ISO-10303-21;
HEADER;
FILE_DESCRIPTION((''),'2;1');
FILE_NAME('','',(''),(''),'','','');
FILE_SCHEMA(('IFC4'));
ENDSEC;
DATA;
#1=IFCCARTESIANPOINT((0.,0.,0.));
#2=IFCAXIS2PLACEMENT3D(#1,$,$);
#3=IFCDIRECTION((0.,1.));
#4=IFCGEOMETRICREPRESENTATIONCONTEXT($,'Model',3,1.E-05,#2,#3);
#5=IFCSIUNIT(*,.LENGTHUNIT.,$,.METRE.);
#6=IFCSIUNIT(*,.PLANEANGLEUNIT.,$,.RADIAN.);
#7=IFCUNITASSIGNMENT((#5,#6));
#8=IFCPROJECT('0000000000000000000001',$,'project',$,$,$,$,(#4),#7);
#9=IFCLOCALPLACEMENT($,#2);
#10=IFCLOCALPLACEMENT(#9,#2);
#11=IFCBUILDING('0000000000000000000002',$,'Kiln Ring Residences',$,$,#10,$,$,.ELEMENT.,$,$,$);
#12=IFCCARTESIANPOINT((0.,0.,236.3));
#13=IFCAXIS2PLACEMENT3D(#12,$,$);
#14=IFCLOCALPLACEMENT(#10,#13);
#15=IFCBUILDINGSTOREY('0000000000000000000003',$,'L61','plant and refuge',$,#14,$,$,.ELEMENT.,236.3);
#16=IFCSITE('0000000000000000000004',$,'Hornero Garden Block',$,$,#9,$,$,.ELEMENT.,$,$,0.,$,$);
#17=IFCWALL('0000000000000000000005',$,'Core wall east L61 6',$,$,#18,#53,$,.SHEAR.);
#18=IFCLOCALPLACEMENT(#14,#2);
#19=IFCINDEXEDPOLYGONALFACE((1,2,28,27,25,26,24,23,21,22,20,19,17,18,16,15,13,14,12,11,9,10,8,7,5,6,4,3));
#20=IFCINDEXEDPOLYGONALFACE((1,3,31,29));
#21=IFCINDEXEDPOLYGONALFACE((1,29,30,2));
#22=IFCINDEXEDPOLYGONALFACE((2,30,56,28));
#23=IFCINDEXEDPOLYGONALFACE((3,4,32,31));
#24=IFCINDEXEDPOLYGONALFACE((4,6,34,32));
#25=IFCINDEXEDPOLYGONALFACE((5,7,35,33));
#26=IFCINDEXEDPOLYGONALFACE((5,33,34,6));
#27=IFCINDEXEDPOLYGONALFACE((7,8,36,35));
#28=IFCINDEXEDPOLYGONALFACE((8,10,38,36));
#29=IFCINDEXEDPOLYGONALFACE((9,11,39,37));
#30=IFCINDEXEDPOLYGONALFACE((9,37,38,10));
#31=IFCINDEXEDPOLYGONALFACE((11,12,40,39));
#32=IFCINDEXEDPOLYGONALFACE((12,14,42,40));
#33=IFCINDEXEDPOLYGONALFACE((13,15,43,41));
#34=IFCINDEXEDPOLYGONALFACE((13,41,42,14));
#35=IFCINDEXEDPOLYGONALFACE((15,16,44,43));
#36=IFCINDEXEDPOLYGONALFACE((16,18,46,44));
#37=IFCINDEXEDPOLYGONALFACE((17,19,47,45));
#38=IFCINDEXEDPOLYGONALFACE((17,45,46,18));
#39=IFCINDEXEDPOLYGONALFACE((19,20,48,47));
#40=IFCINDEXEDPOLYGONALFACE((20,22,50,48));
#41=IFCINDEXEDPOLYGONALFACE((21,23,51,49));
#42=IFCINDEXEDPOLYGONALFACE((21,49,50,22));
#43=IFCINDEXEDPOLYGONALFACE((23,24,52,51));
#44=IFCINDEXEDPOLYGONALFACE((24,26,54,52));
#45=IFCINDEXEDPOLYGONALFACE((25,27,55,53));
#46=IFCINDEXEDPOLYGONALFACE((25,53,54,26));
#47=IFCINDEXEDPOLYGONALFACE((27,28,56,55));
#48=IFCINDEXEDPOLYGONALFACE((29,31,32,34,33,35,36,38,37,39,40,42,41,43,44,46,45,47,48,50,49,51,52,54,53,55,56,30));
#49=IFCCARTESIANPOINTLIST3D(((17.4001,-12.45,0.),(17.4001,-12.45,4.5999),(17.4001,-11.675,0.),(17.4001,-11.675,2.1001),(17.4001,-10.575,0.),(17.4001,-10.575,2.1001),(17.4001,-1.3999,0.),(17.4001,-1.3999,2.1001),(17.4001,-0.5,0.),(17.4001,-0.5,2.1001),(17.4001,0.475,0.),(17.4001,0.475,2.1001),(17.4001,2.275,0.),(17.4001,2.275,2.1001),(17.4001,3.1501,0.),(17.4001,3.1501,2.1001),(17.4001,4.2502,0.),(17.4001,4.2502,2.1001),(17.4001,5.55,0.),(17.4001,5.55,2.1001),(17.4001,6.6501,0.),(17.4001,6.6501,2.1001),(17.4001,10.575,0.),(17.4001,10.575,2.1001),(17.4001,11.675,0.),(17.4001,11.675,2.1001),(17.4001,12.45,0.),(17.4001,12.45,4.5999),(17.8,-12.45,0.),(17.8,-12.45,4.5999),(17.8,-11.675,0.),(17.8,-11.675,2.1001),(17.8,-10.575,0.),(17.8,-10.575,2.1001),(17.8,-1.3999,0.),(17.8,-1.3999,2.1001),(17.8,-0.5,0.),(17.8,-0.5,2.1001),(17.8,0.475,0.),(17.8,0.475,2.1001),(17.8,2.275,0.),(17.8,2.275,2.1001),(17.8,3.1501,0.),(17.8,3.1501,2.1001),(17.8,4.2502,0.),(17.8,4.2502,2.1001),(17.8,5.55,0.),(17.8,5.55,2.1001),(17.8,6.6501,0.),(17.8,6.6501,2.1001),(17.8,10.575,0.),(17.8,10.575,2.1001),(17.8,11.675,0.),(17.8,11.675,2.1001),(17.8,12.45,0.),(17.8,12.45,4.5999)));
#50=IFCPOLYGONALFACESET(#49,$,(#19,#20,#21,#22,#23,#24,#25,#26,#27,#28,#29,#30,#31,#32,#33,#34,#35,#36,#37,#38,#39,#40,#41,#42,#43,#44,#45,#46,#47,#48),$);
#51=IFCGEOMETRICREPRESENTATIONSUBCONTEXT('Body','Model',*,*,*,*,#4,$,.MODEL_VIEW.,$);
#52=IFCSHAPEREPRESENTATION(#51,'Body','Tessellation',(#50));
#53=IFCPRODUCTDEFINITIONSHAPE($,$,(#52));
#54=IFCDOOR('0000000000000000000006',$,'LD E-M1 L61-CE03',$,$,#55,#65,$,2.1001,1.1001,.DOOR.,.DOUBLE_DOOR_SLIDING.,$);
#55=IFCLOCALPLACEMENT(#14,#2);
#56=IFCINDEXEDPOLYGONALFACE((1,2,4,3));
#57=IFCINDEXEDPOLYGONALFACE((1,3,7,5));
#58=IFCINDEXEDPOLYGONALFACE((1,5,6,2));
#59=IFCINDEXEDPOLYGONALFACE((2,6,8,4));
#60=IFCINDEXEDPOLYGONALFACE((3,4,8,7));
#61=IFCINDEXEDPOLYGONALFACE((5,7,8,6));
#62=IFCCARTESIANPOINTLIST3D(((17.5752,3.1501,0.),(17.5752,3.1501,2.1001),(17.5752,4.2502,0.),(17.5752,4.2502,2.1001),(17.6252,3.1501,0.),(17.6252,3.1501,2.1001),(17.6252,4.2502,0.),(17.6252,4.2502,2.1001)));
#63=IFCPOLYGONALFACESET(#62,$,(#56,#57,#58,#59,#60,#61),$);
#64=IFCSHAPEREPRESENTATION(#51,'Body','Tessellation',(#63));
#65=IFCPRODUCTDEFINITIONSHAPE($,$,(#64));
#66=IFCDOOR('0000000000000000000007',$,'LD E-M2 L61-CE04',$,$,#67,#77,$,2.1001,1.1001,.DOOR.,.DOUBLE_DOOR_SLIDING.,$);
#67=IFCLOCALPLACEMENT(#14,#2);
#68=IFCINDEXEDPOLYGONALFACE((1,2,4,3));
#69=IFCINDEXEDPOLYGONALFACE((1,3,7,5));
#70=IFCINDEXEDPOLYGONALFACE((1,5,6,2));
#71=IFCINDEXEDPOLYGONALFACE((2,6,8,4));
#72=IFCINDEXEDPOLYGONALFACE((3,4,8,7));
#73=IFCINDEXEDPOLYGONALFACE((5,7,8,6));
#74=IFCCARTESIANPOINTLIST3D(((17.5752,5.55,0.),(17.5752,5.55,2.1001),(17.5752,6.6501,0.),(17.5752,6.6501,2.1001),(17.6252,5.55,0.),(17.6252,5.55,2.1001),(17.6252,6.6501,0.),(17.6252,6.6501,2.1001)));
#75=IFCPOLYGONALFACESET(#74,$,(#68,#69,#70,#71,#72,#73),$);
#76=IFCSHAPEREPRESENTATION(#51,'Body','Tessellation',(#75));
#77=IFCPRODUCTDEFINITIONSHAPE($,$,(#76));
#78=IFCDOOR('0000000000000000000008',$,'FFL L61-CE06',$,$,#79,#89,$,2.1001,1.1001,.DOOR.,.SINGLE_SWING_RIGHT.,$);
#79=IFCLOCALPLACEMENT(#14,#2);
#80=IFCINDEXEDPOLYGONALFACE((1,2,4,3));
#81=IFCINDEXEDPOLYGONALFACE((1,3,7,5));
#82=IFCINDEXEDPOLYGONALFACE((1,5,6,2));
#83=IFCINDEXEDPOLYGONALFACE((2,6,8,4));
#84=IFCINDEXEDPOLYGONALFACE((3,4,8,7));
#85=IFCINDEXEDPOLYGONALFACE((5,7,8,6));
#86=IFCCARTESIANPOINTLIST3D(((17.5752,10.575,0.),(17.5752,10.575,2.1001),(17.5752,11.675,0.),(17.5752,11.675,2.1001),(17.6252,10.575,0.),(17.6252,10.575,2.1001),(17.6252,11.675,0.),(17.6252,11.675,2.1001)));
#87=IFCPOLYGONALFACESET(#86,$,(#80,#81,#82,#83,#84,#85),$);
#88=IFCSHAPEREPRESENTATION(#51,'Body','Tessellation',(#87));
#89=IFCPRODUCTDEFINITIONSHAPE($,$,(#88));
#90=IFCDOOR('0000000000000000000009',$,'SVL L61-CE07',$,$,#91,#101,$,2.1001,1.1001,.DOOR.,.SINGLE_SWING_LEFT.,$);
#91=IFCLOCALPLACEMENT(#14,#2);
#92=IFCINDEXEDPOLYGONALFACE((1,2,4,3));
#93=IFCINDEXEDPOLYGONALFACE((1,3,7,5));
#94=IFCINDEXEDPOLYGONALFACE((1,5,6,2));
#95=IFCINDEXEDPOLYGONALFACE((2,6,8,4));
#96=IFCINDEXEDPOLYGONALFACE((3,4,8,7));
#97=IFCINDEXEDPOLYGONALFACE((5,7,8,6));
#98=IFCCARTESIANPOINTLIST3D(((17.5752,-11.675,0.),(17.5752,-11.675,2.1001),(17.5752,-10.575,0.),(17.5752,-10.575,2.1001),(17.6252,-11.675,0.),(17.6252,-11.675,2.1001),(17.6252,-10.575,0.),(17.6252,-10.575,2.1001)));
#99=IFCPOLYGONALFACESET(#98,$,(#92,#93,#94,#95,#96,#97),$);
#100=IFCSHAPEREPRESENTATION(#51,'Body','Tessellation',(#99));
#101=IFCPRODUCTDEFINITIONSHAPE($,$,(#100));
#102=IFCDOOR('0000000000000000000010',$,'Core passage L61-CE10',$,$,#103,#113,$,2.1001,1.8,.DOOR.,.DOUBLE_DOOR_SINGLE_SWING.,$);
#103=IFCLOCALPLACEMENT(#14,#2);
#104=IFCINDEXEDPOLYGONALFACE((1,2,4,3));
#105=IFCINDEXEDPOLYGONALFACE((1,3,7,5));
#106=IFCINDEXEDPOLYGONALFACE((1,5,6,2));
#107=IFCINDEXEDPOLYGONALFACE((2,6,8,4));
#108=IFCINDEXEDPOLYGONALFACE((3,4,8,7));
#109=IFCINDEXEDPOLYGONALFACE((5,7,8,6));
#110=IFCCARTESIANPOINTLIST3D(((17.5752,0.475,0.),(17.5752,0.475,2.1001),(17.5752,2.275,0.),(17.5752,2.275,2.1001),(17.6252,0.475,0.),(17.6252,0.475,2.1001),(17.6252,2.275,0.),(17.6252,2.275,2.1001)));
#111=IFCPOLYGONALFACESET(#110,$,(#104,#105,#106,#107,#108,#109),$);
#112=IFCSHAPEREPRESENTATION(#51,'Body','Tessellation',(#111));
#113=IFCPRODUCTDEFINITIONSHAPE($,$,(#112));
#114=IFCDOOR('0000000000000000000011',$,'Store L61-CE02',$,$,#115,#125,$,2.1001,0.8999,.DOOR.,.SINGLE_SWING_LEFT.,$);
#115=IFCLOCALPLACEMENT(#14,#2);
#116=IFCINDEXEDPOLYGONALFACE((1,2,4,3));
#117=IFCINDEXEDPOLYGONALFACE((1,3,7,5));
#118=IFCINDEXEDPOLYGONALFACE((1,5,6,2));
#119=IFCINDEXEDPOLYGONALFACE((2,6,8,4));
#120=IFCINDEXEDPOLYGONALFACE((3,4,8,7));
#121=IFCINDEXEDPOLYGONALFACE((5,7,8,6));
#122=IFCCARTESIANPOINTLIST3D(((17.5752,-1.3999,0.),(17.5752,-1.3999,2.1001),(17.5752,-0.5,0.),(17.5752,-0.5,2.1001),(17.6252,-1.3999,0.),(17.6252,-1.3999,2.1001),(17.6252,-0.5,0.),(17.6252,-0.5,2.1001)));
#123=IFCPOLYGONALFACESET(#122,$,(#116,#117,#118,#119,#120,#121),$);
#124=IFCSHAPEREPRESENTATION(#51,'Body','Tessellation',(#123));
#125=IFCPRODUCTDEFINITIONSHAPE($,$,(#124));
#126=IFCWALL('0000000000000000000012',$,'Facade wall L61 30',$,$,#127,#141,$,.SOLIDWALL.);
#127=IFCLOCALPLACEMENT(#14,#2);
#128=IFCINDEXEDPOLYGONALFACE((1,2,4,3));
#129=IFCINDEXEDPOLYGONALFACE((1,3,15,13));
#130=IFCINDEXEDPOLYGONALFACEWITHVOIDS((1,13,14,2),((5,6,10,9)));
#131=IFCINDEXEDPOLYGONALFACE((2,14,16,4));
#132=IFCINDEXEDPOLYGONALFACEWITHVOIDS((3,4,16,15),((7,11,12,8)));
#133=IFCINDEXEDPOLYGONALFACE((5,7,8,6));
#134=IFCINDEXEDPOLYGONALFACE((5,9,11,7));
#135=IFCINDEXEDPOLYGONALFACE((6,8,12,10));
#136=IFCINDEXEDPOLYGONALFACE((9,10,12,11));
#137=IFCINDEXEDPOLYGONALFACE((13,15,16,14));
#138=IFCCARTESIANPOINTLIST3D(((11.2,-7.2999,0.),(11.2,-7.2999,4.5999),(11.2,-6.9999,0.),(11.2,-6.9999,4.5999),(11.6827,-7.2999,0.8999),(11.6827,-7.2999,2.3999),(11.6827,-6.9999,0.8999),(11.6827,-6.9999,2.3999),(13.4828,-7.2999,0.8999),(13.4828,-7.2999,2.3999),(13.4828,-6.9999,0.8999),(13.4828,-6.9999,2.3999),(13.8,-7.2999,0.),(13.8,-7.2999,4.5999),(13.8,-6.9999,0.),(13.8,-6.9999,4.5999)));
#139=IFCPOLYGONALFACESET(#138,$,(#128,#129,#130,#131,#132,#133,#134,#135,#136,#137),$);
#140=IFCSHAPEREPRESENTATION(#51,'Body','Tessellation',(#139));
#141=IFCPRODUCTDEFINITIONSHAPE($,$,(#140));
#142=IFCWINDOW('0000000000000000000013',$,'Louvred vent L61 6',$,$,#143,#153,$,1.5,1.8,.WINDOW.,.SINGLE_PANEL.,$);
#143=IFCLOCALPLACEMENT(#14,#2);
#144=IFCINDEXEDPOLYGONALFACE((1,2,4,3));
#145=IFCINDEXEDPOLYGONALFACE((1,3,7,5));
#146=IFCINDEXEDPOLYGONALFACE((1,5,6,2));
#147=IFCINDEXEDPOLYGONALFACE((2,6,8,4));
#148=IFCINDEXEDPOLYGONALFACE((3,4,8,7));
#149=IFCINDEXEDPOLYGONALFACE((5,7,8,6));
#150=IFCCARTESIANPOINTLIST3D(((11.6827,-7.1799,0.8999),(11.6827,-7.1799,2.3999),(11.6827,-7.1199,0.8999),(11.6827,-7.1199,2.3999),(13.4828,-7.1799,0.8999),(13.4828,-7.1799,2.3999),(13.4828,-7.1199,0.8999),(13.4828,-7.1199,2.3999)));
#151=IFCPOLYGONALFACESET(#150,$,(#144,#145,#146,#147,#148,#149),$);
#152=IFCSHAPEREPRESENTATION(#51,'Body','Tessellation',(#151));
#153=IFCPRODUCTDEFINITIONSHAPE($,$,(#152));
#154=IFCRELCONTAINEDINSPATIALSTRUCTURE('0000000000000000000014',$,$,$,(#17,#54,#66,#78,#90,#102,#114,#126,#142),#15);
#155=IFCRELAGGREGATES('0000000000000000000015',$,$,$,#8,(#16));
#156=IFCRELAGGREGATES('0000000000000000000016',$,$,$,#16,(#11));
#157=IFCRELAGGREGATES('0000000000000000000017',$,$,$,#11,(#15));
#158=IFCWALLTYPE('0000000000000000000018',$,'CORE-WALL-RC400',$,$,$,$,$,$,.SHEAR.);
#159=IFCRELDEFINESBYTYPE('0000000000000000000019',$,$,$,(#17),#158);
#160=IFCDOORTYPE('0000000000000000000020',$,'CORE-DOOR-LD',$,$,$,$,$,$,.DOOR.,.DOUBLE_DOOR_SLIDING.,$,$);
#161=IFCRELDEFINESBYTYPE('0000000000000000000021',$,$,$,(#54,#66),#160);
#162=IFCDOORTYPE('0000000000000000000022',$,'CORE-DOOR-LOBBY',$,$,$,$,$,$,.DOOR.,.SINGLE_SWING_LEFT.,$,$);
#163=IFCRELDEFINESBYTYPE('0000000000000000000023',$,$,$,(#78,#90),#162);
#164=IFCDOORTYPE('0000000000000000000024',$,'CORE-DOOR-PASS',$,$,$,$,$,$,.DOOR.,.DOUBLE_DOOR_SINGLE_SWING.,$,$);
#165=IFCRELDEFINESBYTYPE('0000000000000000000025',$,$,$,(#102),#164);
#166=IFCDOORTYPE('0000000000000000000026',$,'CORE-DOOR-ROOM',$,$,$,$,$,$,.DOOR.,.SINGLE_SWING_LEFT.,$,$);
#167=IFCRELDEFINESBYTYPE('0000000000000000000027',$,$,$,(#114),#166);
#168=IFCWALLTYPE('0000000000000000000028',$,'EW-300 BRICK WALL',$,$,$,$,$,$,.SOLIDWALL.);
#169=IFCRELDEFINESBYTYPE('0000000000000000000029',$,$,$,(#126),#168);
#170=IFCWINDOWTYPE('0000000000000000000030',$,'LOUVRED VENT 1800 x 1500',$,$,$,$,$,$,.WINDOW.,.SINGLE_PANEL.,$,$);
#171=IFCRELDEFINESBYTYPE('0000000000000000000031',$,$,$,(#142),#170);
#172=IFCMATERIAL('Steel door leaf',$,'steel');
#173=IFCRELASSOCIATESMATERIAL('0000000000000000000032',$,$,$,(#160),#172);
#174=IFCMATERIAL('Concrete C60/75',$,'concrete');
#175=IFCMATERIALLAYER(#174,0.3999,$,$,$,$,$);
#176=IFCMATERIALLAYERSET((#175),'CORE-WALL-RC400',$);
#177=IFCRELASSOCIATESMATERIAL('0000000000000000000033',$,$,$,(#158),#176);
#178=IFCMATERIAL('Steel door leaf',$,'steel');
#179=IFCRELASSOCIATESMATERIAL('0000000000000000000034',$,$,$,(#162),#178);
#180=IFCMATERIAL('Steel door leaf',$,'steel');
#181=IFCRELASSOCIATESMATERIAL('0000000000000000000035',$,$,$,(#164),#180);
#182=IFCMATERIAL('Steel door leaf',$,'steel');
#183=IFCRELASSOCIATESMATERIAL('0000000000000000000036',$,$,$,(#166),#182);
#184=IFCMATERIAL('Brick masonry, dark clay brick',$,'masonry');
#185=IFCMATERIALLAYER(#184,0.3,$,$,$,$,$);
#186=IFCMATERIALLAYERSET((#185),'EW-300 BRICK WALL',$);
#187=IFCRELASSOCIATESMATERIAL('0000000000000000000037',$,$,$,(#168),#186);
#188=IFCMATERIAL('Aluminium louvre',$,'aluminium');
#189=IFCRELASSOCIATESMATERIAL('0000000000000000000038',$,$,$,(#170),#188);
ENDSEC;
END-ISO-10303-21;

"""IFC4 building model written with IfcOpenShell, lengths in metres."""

from ifc_helpers import new_model, si_unit, direction, frame, frame_2d, origin, place, context, subcontext, project, spatial, rectangle, extrude, material, layer, layer_set, type_object, element, fill, save


model = new_model("IFC4")

# Units and contexts
model_context = context("Model", 3, precision=1e-05, world=origin(), true_north=direction((0.0, 1.0)))
body_context = subcontext(model_context, "Body", "Model", "MODEL_VIEW")
ifc_project = project(units=[si_unit("LENGTHUNIT", "METRE"), si_unit("PLANEANGLEUNIT", "RADIAN")], contexts=[model_context])

# Site, building, storey
site_placement = place(None, origin())
site = spatial("IfcSite", under=ifc_project, at=site_placement, Name="Hornero Garden Block", CompositionType="ELEMENT", RefElevation=0.0)
building_placement = place(site_placement, origin())
building = spatial("IfcBuilding", under=site, at=building_placement, Name="Kiln Ring Residences", CompositionType="ELEMENT")
storey_placement = place(building_placement, frame((0.0, 0.0, 236.3)))
storey = spatial("IfcBuildingStorey", under=building, at=storey_placement, Name="L61", Description="plant and refuge", CompositionType="ELEMENT", Elevation=236.3)

# Wall, openings, doors
ifc_material_1 = material(Name="Steel door leaf", Category="steel")
door_type_1 = type_object("IfcDoorType", Name="CORE-DOOR-LD", OperationType="DOUBLE_DOOR_SLIDING", PredefinedType="DOOR", material=ifc_material_1)
ifc_material_2 = material(Name="Concrete C60/75", Category="concrete")
ifc_layer_1 = layer(ifc_material_2, 0.3999)
ifc_layer_set_1 = layer_set([ifc_layer_1], Name="CORE-WALL-RC400")
wall_type_1 = type_object("IfcWallType", Name="CORE-WALL-RC400", PredefinedType="SHEAR", material=ifc_layer_set_1)
wall_1_placement = place(storey_placement, frame((17.6001, -12.45, 0.0), z_axis=(0.0, 0.0, 1.0), x_axis=(0.0, 1.0, 0.0)))
wall_1 = element("IfcWall", 1, at=wall_1_placement, inside=storey, type_object=wall_type_1, Name="Core wall east L61 6", PredefinedType="SHEAR", context=body_context, shape_type="SweptSolid", body=[
    extrude(rectangle(XDim=24.8999, YDim=0.3999, at=frame_2d((12.45, 0.0))), origin(), (0.0, 0.0, 1.0), 4.5999),
])
opening_1_placement = place(wall_1_placement, frame((11.05, 0.0, 0.0)))
opening_1 = element("IfcOpeningElement", 2, at=opening_1_placement, cuts=wall_1, PredefinedType="OPENING", context=body_context, shape_type="SweptSolid", body=[
    extrude(rectangle(XDim=0.8999, YDim=2.1001, at=frame_2d((0.45, 1.05))), frame((0.0, 0.21, 0.0), z_axis=(0.0, -1.0, 0.0), x_axis=(1.0, 0.0, 0.0)), (0.0, 0.0, 1.0), 0.4199),
])
opening_2_placement = place(wall_1_placement, frame((15.6001, 0.0, 0.0)))
opening_2 = element("IfcOpeningElement", 3, at=opening_2_placement, cuts=wall_1, PredefinedType="OPENING", context=body_context, shape_type="SweptSolid", body=[
    extrude(rectangle(XDim=1.1001, YDim=2.1001, at=frame_2d((0.55, 1.05))), frame((0.0, 0.21, 0.0), z_axis=(0.0, -1.0, 0.0), x_axis=(1.0, 0.0, 0.0)), (0.0, 0.0, 1.0), 0.4199),
])
opening_3_placement = place(wall_1_placement, frame((18.0, 0.0, 0.0)))
opening_3 = element("IfcOpeningElement", 4, at=opening_3_placement, cuts=wall_1, PredefinedType="OPENING", context=body_context, shape_type="SweptSolid", body=[
    extrude(rectangle(XDim=1.1001, YDim=2.1001, at=frame_2d((0.55, 1.05))), frame((0.0, 0.21, 0.0), z_axis=(0.0, -1.0, 0.0), x_axis=(1.0, 0.0, 0.0)), (0.0, 0.0, 1.0), 0.4199),
])
opening_4_placement = place(wall_1_placement, frame((23.0249, 0.0, 0.0)))
opening_4 = element("IfcOpeningElement", 5, at=opening_4_placement, cuts=wall_1, PredefinedType="OPENING", context=body_context, shape_type="SweptSolid", body=[
    extrude(rectangle(XDim=1.1001, YDim=2.1001, at=frame_2d((0.55, 1.05))), frame((0.0, 0.21, 0.0), z_axis=(0.0, -1.0, 0.0), x_axis=(1.0, 0.0, 0.0)), (0.0, 0.0, 1.0), 0.4199),
])
opening_5_placement = place(wall_1_placement, frame((0.7749, 0.0, 0.0)))
opening_5 = element("IfcOpeningElement", 6, at=opening_5_placement, cuts=wall_1, PredefinedType="OPENING", context=body_context, shape_type="SweptSolid", body=[
    extrude(rectangle(XDim=1.1001, YDim=2.1001, at=frame_2d((0.55, 1.05))), frame((0.0, 0.21, 0.0), z_axis=(0.0, -1.0, 0.0), x_axis=(1.0, 0.0, 0.0)), (0.0, 0.0, 1.0), 0.4199),
])
opening_6_placement = place(wall_1_placement, frame((12.925, 0.0, 0.0)))
opening_6 = element("IfcOpeningElement", 7, at=opening_6_placement, cuts=wall_1, PredefinedType="OPENING", context=body_context, shape_type="SweptSolid", body=[
    extrude(rectangle(XDim=1.8, YDim=2.1001, at=frame_2d((0.8999, 1.05))), frame((0.0, 0.21, 0.0), z_axis=(0.0, -1.0, 0.0), x_axis=(1.0, 0.0, 0.0)), (0.0, 0.0, 1.0), 0.4199),
])
door_1_placement = place(opening_2_placement, origin())
door_1 = element("IfcDoor", 8, at=door_1_placement, inside=storey, type_object=door_type_1, Name="LD E-M1 L61-CE03", OperationType="DOUBLE_DOOR_SLIDING", OverallHeight=2.1001, OverallWidth=1.1001, PredefinedType="DOOR", context=body_context, shape_type="SweptSolid", body=[
    extrude(rectangle(XDim=1.1001, YDim=2.1001, at=frame_2d((0.55, 1.05))), frame((0.0, 0.0249, 0.0), z_axis=(0.0, -1.0, 0.0), x_axis=(1.0, 0.0, 0.0)), (0.0, 0.0, 1.0), 0.05),
])
fill(opening_2, door_1)
door_2_placement = place(opening_3_placement, origin())
door_2 = element("IfcDoor", 9, at=door_2_placement, inside=storey, type_object=door_type_1, Name="LD E-M2 L61-CE04", OperationType="DOUBLE_DOOR_SLIDING", OverallHeight=2.1001, OverallWidth=1.1001, PredefinedType="DOOR", context=body_context, shape_type="SweptSolid", body=[
    extrude(rectangle(XDim=1.1001, YDim=2.1001, at=frame_2d((0.55, 1.05))), frame((0.0, 0.0249, 0.0), z_axis=(0.0, -1.0, 0.0), x_axis=(1.0, 0.0, 0.0)), (0.0, 0.0, 1.0), 0.05),
])
fill(opening_3, door_2)
ifc_material_3 = material(Name="Steel door leaf", Category="steel")
door_type_2 = type_object("IfcDoorType", Name="CORE-DOOR-LOBBY", OperationType="SINGLE_SWING_LEFT", PredefinedType="DOOR", material=ifc_material_3)
door_3_placement = place(opening_4_placement, origin())
door_3 = element("IfcDoor", 10, at=door_3_placement, inside=storey, type_object=door_type_2, Name="FFL L61-CE06", OperationType="SINGLE_SWING_RIGHT", OverallHeight=2.1001, OverallWidth=1.1001, PredefinedType="DOOR", context=body_context, shape_type="SweptSolid", body=[
    extrude(rectangle(XDim=1.1001, YDim=2.1001, at=frame_2d((0.55, 1.05))), frame((0.0, 0.0249, 0.0), z_axis=(0.0, -1.0, 0.0), x_axis=(1.0, 0.0, 0.0)), (0.0, 0.0, 1.0), 0.05),
])
fill(opening_4, door_3)
door_4_placement = place(opening_5_placement, origin())
door_4 = element("IfcDoor", 11, at=door_4_placement, inside=storey, type_object=door_type_2, Name="SVL L61-CE07", OperationType="SINGLE_SWING_LEFT", OverallHeight=2.1001, OverallWidth=1.1001, PredefinedType="DOOR", context=body_context, shape_type="SweptSolid", body=[
    extrude(rectangle(XDim=1.1001, YDim=2.1001, at=frame_2d((0.55, 1.05))), frame((0.0, 0.0249, 0.0), z_axis=(0.0, -1.0, 0.0), x_axis=(1.0, 0.0, 0.0)), (0.0, 0.0, 1.0), 0.05),
])
fill(opening_5, door_4)
ifc_material_4 = material(Name="Steel door leaf", Category="steel")
door_type_3 = type_object("IfcDoorType", Name="CORE-DOOR-PASS", OperationType="DOUBLE_DOOR_SINGLE_SWING", PredefinedType="DOOR", material=ifc_material_4)
door_5_placement = place(opening_6_placement, origin())
door_5 = element("IfcDoor", 12, at=door_5_placement, inside=storey, type_object=door_type_3, Name="Core passage L61-CE10", OperationType="DOUBLE_DOOR_SINGLE_SWING", OverallHeight=2.1001, OverallWidth=1.8, PredefinedType="DOOR", context=body_context, shape_type="SweptSolid", body=[
    extrude(rectangle(XDim=1.8, YDim=2.1001, at=frame_2d((0.8999, 1.05))), frame((0.0, 0.0249, 0.0), z_axis=(0.0, -1.0, 0.0), x_axis=(1.0, 0.0, 0.0)), (0.0, 0.0, 1.0), 0.05),
])
fill(opening_6, door_5)
ifc_material_5 = material(Name="Steel door leaf", Category="steel")
door_type_4 = type_object("IfcDoorType", Name="CORE-DOOR-ROOM", OperationType="SINGLE_SWING_LEFT", PredefinedType="DOOR", material=ifc_material_5)
door_6_placement = place(opening_1_placement, origin())
door_6 = element("IfcDoor", 13, at=door_6_placement, inside=storey, type_object=door_type_4, Name="Store L61-CE02", OperationType="SINGLE_SWING_LEFT", OverallHeight=2.1001, OverallWidth=0.8999, PredefinedType="DOOR", context=body_context, shape_type="SweptSolid", body=[
    extrude(rectangle(XDim=0.8999, YDim=2.1001, at=frame_2d((0.45, 1.05))), frame((0.0, 0.0249, 0.0), z_axis=(0.0, -1.0, 0.0), x_axis=(1.0, 0.0, 0.0)), (0.0, 0.0, 1.0), 0.05),
])
fill(opening_1, door_6)

# Wall, opening, window
ifc_material_6 = material(Name="Brick masonry, dark clay brick", Category="masonry")
ifc_layer_2 = layer(ifc_material_6, 0.3)
ifc_layer_set_2 = layer_set([ifc_layer_2], Name="EW-300 BRICK WALL")
wall_type_2 = type_object("IfcWallType", Name="EW-300 BRICK WALL", PredefinedType="SOLIDWALL", material=ifc_layer_set_2)
wall_2_placement = place(storey_placement, frame((13.8, -7.1499, 0.0), z_axis=(0.0, 0.0, 1.0), x_axis=(-1.0, 0.0, 0.0)))
wall_2 = element("IfcWall", 14, at=wall_2_placement, inside=storey, type_object=wall_type_2, Name="Facade wall L61 30", PredefinedType="SOLIDWALL", context=body_context, shape_type="SweptSolid", body=[
    extrude(rectangle(XDim=2.6001, YDim=0.3, at=frame_2d((1.3, 0.0))), origin(), (0.0, 0.0, 1.0), 4.5999),
])
opening_7_placement = place(wall_2_placement, frame((0.3174, 0.0, 0.8999)))
opening_7 = element("IfcOpeningElement", 15, at=opening_7_placement, cuts=wall_2, PredefinedType="OPENING", context=body_context, shape_type="SweptSolid", body=[
    extrude(rectangle(XDim=1.8, YDim=1.5, at=frame_2d((0.8999, 0.75))), frame((0.0, 0.1599, 0.0), z_axis=(0.0, -1.0, 0.0), x_axis=(1.0, 0.0, 0.0)), (0.0, 0.0, 1.0), 0.3201),
])
ifc_material_7 = material(Name="Aluminium louvre", Category="aluminium")
window_type = type_object("IfcWindowType", Name="LOUVRED VENT 1800 x 1500", PartitioningType="SINGLE_PANEL", PredefinedType="WINDOW", material=ifc_material_7)
window_1_placement = place(opening_7_placement, origin())
window_1 = element("IfcWindow", 16, at=window_1_placement, inside=storey, type_object=window_type, Name="Louvred vent L61 6", OverallHeight=1.5, OverallWidth=1.8, PartitioningType="SINGLE_PANEL", PredefinedType="WINDOW", context=body_context, shape_type="SweptSolid", body=[
    extrude(rectangle(XDim=1.8, YDim=1.5, at=frame_2d((0.8999, 0.75))), frame((0.0, 0.03, 0.0), z_axis=(0.0, -1.0, 0.0), x_axis=(1.0, 0.0, 0.0)), (0.0, 0.0, 1.0), 0.0601),
])
fill(opening_7, window_1)

save(model, "model.ifc")
